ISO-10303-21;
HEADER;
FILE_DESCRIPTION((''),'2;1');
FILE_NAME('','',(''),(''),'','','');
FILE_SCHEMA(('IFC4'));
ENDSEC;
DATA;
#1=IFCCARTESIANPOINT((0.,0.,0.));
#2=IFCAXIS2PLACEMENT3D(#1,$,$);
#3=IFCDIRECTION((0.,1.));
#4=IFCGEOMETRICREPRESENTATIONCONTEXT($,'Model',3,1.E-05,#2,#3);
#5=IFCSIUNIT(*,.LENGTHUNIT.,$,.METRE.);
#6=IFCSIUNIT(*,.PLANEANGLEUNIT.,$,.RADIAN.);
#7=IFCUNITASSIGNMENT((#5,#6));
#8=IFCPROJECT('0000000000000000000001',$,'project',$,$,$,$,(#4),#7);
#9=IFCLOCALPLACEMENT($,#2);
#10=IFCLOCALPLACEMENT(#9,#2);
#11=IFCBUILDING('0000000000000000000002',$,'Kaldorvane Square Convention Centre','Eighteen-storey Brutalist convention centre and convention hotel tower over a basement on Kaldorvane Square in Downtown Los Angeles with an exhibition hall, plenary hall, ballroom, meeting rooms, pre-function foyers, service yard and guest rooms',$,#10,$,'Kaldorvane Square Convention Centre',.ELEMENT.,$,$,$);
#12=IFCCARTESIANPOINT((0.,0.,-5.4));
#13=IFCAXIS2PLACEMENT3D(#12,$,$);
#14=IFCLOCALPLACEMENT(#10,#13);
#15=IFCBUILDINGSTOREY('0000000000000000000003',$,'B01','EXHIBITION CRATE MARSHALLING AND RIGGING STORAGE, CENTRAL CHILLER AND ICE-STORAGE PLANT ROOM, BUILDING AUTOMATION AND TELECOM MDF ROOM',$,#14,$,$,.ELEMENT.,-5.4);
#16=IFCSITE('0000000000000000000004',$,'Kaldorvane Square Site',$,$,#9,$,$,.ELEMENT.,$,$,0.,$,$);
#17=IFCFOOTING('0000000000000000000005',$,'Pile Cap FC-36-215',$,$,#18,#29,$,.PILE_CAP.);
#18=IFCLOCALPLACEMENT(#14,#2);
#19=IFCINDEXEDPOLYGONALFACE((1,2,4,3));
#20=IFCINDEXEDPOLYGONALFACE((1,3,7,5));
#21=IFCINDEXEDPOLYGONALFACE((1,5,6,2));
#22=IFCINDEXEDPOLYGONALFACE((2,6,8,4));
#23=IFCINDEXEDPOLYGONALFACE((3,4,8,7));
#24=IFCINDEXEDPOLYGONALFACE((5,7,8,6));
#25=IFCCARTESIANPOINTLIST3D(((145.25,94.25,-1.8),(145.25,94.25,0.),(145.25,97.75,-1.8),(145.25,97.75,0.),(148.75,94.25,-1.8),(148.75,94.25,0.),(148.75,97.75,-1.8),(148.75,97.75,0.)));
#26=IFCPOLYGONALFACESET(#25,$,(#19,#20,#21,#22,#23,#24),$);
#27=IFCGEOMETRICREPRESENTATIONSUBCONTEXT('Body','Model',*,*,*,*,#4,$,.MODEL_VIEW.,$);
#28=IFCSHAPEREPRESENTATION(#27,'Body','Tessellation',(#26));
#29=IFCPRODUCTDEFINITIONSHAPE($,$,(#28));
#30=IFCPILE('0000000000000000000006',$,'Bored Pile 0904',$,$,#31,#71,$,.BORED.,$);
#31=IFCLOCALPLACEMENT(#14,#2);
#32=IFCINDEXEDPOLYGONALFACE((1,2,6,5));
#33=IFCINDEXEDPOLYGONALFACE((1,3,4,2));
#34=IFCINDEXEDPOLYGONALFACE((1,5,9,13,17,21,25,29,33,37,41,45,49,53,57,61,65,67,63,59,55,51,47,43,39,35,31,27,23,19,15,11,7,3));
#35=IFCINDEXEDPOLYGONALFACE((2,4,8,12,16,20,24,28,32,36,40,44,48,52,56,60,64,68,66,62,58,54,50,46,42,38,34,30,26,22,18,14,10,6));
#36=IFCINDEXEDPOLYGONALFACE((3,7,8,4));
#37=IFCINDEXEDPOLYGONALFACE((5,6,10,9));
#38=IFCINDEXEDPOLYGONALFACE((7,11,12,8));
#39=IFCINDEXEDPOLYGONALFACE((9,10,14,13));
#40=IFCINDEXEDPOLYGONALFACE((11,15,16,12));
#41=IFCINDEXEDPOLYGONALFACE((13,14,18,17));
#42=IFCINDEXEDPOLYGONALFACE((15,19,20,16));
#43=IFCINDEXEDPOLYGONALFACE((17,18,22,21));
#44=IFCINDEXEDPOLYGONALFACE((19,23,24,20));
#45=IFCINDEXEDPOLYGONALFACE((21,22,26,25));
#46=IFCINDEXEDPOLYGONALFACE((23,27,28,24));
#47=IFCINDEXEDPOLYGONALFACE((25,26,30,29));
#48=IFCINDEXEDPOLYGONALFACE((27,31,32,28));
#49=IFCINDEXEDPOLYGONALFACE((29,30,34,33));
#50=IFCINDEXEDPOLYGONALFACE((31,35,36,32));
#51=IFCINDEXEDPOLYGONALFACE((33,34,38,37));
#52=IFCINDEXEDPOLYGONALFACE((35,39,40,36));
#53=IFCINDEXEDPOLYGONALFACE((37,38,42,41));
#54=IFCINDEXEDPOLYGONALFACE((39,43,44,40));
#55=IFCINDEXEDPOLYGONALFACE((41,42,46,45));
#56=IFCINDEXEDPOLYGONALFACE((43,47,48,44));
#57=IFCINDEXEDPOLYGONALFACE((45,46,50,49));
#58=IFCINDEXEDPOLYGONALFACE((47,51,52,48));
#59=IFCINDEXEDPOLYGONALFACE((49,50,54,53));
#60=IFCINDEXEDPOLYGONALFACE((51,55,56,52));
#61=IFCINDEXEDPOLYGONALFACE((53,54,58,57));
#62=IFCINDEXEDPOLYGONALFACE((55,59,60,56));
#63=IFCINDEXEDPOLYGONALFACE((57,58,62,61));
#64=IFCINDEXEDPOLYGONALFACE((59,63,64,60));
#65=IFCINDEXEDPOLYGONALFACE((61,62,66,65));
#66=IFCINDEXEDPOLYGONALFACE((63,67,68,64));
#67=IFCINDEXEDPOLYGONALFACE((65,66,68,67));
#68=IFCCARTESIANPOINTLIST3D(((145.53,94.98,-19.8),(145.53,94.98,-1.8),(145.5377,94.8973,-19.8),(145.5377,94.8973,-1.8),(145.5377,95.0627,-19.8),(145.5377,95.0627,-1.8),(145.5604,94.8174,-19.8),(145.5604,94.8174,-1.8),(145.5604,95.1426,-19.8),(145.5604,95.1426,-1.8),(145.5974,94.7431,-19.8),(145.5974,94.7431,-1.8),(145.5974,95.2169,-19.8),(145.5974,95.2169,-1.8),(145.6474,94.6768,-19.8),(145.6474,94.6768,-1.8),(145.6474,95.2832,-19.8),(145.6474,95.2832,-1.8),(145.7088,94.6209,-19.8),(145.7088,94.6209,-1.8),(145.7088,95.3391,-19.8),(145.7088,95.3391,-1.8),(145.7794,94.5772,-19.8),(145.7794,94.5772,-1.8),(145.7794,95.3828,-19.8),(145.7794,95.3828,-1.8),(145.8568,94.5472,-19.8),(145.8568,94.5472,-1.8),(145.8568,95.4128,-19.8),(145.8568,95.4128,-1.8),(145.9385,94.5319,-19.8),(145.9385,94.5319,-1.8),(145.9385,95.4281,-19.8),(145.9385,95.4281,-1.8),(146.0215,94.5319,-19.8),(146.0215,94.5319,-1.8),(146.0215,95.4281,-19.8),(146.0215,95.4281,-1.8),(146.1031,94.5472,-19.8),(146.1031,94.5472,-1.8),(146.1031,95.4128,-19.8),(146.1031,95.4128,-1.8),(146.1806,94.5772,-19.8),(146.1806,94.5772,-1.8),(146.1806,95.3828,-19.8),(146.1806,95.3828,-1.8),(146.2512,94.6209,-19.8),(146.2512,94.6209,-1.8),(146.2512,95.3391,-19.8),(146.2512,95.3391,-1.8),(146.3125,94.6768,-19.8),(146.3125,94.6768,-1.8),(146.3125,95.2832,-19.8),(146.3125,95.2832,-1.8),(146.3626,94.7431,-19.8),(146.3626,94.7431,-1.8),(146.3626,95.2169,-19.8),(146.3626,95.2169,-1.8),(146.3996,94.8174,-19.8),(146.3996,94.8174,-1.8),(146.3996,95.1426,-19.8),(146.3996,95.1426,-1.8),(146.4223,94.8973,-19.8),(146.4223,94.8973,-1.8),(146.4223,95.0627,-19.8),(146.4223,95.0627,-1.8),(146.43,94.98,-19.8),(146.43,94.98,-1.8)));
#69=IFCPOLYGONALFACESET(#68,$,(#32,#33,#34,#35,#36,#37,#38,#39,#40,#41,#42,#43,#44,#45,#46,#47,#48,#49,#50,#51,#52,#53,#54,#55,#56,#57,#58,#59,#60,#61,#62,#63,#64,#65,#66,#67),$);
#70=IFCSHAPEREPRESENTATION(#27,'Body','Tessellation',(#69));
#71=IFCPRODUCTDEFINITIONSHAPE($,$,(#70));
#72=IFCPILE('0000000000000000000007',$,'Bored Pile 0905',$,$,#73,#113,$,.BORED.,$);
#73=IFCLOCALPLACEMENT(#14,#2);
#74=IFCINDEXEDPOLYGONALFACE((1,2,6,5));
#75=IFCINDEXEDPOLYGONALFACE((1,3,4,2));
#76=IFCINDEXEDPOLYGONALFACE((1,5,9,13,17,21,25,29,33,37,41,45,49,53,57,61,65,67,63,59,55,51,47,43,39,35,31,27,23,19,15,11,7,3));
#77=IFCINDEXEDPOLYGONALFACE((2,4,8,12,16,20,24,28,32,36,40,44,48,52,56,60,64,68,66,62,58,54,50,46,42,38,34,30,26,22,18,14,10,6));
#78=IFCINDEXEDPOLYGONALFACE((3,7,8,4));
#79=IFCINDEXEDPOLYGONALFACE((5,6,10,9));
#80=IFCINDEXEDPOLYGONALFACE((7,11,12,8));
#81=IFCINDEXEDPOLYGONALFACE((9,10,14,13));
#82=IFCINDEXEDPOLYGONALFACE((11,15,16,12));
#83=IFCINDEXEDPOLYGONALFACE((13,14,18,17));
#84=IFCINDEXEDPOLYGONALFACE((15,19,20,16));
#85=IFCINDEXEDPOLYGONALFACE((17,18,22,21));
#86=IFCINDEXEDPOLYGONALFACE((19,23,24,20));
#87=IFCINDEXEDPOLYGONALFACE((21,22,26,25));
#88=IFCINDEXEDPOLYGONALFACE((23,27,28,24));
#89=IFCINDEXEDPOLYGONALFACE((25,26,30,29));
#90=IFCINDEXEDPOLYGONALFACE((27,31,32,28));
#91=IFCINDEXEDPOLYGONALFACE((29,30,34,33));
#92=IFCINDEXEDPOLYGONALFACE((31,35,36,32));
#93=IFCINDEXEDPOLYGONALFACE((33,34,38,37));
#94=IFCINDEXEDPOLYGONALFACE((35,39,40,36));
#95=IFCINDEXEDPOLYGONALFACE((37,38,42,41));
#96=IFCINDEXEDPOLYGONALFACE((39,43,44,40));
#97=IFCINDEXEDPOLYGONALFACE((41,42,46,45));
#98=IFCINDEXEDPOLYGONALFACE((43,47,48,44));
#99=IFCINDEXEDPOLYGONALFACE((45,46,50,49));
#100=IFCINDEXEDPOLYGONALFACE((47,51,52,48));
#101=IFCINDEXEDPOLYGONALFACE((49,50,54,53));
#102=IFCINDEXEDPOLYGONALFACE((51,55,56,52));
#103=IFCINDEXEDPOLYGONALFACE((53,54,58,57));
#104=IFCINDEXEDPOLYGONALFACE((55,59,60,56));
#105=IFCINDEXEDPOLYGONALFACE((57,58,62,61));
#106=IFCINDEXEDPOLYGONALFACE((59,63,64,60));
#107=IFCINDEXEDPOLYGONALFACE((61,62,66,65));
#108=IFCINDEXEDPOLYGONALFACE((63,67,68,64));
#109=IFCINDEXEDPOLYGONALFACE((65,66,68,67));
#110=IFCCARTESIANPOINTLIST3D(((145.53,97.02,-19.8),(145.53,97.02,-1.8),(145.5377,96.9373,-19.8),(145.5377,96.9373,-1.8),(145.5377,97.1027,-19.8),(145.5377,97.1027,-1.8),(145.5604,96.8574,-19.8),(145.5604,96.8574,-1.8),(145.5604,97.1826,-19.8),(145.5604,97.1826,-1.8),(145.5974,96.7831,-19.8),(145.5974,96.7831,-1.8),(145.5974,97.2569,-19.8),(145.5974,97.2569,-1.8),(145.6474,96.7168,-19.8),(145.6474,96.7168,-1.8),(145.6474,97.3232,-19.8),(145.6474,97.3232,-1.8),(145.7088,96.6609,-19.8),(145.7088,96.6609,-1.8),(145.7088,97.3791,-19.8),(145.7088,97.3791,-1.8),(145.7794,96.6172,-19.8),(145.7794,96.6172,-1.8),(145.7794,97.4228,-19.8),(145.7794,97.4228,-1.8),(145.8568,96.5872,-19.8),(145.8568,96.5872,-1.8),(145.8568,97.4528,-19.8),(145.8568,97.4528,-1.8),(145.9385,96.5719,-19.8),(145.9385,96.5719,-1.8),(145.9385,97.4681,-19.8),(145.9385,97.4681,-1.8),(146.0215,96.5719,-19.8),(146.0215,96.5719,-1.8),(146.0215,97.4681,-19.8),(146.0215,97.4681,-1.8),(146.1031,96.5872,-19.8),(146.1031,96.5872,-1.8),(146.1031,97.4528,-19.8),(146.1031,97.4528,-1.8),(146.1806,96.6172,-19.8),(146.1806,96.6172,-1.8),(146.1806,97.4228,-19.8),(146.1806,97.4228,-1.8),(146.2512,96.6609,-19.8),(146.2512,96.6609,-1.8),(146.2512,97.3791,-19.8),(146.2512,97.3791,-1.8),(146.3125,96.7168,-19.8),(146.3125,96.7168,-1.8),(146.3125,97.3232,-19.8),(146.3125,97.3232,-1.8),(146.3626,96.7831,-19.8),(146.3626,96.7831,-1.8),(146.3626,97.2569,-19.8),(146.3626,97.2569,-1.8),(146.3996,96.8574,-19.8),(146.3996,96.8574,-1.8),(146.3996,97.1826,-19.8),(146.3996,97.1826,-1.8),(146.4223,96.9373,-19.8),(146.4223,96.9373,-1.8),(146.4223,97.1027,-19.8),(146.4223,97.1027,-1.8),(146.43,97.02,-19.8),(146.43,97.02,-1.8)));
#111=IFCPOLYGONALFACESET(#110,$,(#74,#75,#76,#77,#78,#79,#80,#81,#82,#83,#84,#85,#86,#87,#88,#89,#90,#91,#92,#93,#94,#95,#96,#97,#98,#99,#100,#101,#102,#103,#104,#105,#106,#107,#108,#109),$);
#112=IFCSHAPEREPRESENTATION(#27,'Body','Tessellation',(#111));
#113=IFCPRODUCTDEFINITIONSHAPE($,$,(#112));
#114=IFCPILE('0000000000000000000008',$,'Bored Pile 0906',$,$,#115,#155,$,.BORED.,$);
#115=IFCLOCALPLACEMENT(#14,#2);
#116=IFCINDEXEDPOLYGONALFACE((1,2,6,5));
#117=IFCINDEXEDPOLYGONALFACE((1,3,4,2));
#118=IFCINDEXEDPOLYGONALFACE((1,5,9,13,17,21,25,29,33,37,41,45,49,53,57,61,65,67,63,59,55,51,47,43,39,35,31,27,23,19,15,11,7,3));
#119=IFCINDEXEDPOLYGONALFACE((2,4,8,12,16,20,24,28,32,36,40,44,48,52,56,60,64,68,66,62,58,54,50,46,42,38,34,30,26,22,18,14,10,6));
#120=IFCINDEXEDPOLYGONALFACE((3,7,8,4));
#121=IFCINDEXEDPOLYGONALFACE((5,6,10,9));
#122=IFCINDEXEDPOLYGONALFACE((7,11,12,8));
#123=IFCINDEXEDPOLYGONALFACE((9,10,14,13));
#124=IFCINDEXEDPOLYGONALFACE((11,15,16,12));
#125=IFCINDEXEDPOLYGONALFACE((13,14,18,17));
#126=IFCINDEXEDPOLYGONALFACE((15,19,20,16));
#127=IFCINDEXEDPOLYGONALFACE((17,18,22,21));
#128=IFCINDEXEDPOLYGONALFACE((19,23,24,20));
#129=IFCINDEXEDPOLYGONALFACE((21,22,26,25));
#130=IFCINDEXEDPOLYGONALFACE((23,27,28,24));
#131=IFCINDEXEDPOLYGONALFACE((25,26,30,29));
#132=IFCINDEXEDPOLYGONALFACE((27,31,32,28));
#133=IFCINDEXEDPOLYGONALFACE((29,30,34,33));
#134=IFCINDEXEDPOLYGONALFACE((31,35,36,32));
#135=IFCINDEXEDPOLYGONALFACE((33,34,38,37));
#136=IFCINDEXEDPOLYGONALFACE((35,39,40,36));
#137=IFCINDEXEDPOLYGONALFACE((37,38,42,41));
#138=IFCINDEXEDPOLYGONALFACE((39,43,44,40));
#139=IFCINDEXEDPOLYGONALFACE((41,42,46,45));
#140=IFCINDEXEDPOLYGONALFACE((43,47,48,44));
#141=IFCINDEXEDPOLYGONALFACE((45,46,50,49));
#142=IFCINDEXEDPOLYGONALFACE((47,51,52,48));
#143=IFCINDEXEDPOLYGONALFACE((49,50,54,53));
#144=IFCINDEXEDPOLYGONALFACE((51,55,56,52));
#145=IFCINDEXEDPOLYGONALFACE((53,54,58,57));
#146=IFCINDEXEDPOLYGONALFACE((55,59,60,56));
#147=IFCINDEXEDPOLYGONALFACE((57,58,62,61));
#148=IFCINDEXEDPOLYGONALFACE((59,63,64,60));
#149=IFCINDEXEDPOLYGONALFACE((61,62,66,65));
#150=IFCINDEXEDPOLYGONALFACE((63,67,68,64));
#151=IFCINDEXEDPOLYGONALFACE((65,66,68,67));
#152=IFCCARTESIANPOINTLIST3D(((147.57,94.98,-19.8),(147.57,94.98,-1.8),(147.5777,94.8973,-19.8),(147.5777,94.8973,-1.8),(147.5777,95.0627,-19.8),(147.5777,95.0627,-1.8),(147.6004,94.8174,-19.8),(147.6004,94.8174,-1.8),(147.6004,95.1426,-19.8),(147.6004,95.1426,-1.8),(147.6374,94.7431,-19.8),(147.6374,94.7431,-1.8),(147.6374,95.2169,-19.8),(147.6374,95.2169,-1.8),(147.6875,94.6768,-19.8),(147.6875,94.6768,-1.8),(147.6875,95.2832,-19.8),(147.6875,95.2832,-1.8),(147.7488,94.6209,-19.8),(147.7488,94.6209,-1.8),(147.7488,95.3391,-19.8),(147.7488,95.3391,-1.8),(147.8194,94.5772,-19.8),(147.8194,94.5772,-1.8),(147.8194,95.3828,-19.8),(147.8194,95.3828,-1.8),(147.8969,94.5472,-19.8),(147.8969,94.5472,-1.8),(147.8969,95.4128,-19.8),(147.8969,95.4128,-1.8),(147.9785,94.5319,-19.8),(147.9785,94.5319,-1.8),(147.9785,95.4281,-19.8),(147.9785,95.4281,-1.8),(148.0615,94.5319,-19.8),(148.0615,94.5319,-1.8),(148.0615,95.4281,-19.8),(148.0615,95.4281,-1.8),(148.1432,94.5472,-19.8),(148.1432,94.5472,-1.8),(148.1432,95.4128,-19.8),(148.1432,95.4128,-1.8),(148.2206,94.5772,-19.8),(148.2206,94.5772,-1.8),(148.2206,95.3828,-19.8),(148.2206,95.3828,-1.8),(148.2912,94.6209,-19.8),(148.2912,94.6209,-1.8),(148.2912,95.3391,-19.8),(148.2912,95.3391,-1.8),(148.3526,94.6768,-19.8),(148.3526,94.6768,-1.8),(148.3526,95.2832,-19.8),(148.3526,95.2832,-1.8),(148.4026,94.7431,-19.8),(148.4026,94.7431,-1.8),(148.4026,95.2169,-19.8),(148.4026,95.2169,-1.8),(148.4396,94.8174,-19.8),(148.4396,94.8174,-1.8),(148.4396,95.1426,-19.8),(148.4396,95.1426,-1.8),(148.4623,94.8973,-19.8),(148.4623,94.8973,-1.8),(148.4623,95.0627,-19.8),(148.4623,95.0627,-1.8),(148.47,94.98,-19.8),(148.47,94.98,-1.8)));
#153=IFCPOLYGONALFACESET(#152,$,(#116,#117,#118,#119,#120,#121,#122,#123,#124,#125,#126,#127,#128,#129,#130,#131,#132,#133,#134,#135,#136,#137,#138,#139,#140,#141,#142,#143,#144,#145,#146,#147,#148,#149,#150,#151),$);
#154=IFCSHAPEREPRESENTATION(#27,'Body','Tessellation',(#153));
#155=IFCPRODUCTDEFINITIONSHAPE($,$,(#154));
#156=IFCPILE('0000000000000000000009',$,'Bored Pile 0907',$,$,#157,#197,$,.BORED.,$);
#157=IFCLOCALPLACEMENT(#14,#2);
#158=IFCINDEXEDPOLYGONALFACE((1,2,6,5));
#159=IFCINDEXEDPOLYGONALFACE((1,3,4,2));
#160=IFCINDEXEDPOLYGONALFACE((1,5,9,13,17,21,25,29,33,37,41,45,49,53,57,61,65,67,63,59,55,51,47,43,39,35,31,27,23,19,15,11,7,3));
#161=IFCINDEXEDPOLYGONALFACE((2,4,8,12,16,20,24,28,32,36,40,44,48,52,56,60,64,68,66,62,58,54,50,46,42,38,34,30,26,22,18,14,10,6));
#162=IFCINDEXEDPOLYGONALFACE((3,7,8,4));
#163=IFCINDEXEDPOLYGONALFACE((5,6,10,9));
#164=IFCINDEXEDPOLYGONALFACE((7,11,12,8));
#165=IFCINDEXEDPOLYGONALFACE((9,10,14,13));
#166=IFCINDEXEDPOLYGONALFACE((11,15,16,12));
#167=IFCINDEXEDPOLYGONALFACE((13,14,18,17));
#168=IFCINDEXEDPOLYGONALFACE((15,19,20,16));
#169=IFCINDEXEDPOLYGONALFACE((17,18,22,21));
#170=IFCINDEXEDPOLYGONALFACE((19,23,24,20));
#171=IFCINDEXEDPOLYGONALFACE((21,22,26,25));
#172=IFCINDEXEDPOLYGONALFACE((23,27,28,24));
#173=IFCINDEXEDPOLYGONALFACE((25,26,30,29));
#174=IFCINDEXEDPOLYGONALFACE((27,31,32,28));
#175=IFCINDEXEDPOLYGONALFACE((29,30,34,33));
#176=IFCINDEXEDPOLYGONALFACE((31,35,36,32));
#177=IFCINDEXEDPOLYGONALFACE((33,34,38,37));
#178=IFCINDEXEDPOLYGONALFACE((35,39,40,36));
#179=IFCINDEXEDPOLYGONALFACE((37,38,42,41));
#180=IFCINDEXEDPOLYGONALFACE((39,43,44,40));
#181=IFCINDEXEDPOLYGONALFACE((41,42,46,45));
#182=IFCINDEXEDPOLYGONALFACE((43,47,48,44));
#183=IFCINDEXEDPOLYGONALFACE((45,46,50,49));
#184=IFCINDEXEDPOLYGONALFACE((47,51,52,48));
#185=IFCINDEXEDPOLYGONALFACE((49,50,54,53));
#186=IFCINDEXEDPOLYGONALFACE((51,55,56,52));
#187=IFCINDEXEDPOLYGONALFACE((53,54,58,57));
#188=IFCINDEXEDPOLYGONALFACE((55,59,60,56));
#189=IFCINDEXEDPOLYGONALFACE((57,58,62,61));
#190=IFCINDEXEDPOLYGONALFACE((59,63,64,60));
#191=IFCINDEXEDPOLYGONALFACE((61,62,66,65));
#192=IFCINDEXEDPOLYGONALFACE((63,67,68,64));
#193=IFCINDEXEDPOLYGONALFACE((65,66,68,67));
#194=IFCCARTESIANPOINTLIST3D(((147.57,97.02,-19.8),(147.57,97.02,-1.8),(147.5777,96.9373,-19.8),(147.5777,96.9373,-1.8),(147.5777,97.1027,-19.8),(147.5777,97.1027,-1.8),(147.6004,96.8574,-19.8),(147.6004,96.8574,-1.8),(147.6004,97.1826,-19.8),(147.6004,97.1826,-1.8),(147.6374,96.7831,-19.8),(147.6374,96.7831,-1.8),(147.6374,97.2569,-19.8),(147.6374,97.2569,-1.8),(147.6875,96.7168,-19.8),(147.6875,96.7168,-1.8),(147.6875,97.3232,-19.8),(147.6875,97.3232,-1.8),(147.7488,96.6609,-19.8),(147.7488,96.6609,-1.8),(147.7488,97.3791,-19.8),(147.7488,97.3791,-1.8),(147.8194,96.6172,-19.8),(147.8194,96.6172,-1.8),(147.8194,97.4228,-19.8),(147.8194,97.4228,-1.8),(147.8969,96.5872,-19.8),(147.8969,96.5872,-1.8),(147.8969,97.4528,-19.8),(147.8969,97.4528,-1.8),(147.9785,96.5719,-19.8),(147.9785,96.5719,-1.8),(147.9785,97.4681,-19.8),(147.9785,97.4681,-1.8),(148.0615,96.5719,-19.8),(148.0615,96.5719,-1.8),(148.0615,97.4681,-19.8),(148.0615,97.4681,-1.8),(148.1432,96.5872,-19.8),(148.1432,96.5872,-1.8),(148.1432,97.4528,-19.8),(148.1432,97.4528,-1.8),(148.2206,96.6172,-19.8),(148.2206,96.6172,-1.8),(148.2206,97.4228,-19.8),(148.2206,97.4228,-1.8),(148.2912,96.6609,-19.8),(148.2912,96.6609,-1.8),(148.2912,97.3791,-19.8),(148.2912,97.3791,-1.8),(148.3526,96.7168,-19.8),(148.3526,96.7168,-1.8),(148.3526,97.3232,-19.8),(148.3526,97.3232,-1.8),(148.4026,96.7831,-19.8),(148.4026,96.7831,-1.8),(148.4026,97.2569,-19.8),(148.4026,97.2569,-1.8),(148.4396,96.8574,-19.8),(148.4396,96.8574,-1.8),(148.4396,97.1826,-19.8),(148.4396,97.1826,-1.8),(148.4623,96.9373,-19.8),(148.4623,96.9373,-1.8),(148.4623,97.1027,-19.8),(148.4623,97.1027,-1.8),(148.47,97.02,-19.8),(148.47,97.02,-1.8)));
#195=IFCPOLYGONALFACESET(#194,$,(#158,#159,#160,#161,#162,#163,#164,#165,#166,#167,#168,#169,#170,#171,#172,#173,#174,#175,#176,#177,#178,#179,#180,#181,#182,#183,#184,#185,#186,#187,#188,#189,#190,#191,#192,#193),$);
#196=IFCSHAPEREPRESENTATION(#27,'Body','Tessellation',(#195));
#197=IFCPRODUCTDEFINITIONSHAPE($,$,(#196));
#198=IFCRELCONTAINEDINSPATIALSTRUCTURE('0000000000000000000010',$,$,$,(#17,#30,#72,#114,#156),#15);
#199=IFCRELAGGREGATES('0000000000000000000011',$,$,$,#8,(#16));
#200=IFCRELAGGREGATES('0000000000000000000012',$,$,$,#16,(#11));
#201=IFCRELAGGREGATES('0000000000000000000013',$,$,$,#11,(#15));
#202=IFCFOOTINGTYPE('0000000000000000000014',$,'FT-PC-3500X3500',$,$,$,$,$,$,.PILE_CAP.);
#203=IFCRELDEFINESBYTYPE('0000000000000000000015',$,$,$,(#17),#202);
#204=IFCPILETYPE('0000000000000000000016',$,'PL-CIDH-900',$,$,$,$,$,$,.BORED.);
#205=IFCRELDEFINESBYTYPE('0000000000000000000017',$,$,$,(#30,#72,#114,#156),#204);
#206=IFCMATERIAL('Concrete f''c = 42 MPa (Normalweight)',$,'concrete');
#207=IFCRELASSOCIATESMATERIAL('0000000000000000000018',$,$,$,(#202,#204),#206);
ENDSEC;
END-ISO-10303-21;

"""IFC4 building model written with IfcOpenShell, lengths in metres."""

from ifc_helpers import new_model, si_unit, direction, frame, origin, origin_2d, place, context, subcontext, project, spatial, rectangle, circle, extrude, material, material_profile, profile_set, type_object, element, save


model = new_model("IFC4")

# Units and contexts
model_context = context("Model", 3, precision=1e-05, world=origin(), true_north=direction((0.0, 1.0)))
body_context = subcontext(model_context, "Body", "Model", "MODEL_VIEW")
ifc_project = project(units=[si_unit("LENGTHUNIT", "METRE"), si_unit("PLANEANGLEUNIT", "RADIAN")], contexts=[model_context])

# Site, building, storey
site_placement = place(None, origin())
site = spatial("IfcSite", under=ifc_project, at=site_placement, Name="Kaldorvane Square Site", CompositionType="ELEMENT", RefElevation=0.0)
building_placement = place(site_placement, origin())
building = spatial("IfcBuilding", under=site, at=building_placement, Name="Kaldorvane Square Convention Centre", Description="Eighteen-storey Brutalist convention centre and convention hotel tower over a basement on Kaldorvane Square in Downtown Los Angeles with an exhibition hall, plenary hall, ballroom, meeting rooms, pre-function foyers, service yard and guest rooms", LongName="Kaldorvane Square Convention Centre", CompositionType="ELEMENT")
storey_placement = place(building_placement, frame((0.0, 0.0, -5.4)))
storey = spatial("IfcBuildingStorey", under=building, at=storey_placement, Name="B01", Description="EXHIBITION CRATE MARSHALLING AND RIGGING STORAGE, CENTRAL CHILLER AND ICE-STORAGE PLANT ROOM, BUILDING AUTOMATION AND TELECOM MDF ROOM", CompositionType="ELEMENT", Elevation=-5.4)

# Footing
ifc_material_1 = material(Name="Concrete f'c = 42 MPa (Normalweight)", Category="concrete")
footing_type = type_object("IfcFootingType", Name="FT-PC-3500X3500", PredefinedType="PILE_CAP", material=ifc_material_1)
footing_placement = place(storey_placement, frame((147.0, 96.0, -1.8), z_axis=(0.0, 0.0, 1.0), x_axis=(1.0, 0.0, 0.0)))
element("IfcFooting", 1, at=footing_placement, inside=storey, type_object=footing_type, Name="Pile Cap FC-36-215", PredefinedType="PILE_CAP", context=body_context, shape_type="SweptSolid", body=[
    extrude(rectangle(XDim=3.5, YDim=3.5, at=origin_2d()), origin(), (0.0, 0.0, 1.0), 1.8),
])

# Piles
ifc_material_profile_1 = material_profile(ifc_material_1, circle(Radius=0.45, at=origin_2d()), Name="PILE-D900")
ifc_profile_set_1 = profile_set([ifc_material_profile_1], Name="Concrete f'c = 42 MPa (Normalweight)")
pile_type = type_object("IfcPileType", Name="PL-CIDH-900", PredefinedType="BORED", material=ifc_profile_set_1)
for number, where, z_axis, x_axis, name in (
    (2, (145.98, 94.98, -1.8), (0.0, 0.0, -1.0), (1.0, 0.0, 0.0), "Bored Pile 0904"),
    (3, (145.98, 97.02, -1.8), (0.0, 0.0, -1.0), (1.0, 0.0, 0.0), "Bored Pile 0905"),
    (4, (148.02, 94.98, -1.8), (0.0, 0.0, -1.0), (1.0, 0.0, 0.0), "Bored Pile 0906"),
    (5, (148.02, 97.02, -1.8), (0.0, 0.0, -1.0), (1.0, 0.0, 0.0), "Bored Pile 0907"),
):
    element("IfcPile", number, at=place(storey_placement, frame(where, z_axis=z_axis, x_axis=x_axis)), inside=storey, type_object=pile_type, Name=name, PredefinedType="BORED", context=body_context, shape_type="SweptSolid", body=[
        extrude(circle(Radius=0.45, at=origin_2d()), origin(), (0.0, 0.0, 1.0), 18.0),
    ])

save(model, "model.ifc")
